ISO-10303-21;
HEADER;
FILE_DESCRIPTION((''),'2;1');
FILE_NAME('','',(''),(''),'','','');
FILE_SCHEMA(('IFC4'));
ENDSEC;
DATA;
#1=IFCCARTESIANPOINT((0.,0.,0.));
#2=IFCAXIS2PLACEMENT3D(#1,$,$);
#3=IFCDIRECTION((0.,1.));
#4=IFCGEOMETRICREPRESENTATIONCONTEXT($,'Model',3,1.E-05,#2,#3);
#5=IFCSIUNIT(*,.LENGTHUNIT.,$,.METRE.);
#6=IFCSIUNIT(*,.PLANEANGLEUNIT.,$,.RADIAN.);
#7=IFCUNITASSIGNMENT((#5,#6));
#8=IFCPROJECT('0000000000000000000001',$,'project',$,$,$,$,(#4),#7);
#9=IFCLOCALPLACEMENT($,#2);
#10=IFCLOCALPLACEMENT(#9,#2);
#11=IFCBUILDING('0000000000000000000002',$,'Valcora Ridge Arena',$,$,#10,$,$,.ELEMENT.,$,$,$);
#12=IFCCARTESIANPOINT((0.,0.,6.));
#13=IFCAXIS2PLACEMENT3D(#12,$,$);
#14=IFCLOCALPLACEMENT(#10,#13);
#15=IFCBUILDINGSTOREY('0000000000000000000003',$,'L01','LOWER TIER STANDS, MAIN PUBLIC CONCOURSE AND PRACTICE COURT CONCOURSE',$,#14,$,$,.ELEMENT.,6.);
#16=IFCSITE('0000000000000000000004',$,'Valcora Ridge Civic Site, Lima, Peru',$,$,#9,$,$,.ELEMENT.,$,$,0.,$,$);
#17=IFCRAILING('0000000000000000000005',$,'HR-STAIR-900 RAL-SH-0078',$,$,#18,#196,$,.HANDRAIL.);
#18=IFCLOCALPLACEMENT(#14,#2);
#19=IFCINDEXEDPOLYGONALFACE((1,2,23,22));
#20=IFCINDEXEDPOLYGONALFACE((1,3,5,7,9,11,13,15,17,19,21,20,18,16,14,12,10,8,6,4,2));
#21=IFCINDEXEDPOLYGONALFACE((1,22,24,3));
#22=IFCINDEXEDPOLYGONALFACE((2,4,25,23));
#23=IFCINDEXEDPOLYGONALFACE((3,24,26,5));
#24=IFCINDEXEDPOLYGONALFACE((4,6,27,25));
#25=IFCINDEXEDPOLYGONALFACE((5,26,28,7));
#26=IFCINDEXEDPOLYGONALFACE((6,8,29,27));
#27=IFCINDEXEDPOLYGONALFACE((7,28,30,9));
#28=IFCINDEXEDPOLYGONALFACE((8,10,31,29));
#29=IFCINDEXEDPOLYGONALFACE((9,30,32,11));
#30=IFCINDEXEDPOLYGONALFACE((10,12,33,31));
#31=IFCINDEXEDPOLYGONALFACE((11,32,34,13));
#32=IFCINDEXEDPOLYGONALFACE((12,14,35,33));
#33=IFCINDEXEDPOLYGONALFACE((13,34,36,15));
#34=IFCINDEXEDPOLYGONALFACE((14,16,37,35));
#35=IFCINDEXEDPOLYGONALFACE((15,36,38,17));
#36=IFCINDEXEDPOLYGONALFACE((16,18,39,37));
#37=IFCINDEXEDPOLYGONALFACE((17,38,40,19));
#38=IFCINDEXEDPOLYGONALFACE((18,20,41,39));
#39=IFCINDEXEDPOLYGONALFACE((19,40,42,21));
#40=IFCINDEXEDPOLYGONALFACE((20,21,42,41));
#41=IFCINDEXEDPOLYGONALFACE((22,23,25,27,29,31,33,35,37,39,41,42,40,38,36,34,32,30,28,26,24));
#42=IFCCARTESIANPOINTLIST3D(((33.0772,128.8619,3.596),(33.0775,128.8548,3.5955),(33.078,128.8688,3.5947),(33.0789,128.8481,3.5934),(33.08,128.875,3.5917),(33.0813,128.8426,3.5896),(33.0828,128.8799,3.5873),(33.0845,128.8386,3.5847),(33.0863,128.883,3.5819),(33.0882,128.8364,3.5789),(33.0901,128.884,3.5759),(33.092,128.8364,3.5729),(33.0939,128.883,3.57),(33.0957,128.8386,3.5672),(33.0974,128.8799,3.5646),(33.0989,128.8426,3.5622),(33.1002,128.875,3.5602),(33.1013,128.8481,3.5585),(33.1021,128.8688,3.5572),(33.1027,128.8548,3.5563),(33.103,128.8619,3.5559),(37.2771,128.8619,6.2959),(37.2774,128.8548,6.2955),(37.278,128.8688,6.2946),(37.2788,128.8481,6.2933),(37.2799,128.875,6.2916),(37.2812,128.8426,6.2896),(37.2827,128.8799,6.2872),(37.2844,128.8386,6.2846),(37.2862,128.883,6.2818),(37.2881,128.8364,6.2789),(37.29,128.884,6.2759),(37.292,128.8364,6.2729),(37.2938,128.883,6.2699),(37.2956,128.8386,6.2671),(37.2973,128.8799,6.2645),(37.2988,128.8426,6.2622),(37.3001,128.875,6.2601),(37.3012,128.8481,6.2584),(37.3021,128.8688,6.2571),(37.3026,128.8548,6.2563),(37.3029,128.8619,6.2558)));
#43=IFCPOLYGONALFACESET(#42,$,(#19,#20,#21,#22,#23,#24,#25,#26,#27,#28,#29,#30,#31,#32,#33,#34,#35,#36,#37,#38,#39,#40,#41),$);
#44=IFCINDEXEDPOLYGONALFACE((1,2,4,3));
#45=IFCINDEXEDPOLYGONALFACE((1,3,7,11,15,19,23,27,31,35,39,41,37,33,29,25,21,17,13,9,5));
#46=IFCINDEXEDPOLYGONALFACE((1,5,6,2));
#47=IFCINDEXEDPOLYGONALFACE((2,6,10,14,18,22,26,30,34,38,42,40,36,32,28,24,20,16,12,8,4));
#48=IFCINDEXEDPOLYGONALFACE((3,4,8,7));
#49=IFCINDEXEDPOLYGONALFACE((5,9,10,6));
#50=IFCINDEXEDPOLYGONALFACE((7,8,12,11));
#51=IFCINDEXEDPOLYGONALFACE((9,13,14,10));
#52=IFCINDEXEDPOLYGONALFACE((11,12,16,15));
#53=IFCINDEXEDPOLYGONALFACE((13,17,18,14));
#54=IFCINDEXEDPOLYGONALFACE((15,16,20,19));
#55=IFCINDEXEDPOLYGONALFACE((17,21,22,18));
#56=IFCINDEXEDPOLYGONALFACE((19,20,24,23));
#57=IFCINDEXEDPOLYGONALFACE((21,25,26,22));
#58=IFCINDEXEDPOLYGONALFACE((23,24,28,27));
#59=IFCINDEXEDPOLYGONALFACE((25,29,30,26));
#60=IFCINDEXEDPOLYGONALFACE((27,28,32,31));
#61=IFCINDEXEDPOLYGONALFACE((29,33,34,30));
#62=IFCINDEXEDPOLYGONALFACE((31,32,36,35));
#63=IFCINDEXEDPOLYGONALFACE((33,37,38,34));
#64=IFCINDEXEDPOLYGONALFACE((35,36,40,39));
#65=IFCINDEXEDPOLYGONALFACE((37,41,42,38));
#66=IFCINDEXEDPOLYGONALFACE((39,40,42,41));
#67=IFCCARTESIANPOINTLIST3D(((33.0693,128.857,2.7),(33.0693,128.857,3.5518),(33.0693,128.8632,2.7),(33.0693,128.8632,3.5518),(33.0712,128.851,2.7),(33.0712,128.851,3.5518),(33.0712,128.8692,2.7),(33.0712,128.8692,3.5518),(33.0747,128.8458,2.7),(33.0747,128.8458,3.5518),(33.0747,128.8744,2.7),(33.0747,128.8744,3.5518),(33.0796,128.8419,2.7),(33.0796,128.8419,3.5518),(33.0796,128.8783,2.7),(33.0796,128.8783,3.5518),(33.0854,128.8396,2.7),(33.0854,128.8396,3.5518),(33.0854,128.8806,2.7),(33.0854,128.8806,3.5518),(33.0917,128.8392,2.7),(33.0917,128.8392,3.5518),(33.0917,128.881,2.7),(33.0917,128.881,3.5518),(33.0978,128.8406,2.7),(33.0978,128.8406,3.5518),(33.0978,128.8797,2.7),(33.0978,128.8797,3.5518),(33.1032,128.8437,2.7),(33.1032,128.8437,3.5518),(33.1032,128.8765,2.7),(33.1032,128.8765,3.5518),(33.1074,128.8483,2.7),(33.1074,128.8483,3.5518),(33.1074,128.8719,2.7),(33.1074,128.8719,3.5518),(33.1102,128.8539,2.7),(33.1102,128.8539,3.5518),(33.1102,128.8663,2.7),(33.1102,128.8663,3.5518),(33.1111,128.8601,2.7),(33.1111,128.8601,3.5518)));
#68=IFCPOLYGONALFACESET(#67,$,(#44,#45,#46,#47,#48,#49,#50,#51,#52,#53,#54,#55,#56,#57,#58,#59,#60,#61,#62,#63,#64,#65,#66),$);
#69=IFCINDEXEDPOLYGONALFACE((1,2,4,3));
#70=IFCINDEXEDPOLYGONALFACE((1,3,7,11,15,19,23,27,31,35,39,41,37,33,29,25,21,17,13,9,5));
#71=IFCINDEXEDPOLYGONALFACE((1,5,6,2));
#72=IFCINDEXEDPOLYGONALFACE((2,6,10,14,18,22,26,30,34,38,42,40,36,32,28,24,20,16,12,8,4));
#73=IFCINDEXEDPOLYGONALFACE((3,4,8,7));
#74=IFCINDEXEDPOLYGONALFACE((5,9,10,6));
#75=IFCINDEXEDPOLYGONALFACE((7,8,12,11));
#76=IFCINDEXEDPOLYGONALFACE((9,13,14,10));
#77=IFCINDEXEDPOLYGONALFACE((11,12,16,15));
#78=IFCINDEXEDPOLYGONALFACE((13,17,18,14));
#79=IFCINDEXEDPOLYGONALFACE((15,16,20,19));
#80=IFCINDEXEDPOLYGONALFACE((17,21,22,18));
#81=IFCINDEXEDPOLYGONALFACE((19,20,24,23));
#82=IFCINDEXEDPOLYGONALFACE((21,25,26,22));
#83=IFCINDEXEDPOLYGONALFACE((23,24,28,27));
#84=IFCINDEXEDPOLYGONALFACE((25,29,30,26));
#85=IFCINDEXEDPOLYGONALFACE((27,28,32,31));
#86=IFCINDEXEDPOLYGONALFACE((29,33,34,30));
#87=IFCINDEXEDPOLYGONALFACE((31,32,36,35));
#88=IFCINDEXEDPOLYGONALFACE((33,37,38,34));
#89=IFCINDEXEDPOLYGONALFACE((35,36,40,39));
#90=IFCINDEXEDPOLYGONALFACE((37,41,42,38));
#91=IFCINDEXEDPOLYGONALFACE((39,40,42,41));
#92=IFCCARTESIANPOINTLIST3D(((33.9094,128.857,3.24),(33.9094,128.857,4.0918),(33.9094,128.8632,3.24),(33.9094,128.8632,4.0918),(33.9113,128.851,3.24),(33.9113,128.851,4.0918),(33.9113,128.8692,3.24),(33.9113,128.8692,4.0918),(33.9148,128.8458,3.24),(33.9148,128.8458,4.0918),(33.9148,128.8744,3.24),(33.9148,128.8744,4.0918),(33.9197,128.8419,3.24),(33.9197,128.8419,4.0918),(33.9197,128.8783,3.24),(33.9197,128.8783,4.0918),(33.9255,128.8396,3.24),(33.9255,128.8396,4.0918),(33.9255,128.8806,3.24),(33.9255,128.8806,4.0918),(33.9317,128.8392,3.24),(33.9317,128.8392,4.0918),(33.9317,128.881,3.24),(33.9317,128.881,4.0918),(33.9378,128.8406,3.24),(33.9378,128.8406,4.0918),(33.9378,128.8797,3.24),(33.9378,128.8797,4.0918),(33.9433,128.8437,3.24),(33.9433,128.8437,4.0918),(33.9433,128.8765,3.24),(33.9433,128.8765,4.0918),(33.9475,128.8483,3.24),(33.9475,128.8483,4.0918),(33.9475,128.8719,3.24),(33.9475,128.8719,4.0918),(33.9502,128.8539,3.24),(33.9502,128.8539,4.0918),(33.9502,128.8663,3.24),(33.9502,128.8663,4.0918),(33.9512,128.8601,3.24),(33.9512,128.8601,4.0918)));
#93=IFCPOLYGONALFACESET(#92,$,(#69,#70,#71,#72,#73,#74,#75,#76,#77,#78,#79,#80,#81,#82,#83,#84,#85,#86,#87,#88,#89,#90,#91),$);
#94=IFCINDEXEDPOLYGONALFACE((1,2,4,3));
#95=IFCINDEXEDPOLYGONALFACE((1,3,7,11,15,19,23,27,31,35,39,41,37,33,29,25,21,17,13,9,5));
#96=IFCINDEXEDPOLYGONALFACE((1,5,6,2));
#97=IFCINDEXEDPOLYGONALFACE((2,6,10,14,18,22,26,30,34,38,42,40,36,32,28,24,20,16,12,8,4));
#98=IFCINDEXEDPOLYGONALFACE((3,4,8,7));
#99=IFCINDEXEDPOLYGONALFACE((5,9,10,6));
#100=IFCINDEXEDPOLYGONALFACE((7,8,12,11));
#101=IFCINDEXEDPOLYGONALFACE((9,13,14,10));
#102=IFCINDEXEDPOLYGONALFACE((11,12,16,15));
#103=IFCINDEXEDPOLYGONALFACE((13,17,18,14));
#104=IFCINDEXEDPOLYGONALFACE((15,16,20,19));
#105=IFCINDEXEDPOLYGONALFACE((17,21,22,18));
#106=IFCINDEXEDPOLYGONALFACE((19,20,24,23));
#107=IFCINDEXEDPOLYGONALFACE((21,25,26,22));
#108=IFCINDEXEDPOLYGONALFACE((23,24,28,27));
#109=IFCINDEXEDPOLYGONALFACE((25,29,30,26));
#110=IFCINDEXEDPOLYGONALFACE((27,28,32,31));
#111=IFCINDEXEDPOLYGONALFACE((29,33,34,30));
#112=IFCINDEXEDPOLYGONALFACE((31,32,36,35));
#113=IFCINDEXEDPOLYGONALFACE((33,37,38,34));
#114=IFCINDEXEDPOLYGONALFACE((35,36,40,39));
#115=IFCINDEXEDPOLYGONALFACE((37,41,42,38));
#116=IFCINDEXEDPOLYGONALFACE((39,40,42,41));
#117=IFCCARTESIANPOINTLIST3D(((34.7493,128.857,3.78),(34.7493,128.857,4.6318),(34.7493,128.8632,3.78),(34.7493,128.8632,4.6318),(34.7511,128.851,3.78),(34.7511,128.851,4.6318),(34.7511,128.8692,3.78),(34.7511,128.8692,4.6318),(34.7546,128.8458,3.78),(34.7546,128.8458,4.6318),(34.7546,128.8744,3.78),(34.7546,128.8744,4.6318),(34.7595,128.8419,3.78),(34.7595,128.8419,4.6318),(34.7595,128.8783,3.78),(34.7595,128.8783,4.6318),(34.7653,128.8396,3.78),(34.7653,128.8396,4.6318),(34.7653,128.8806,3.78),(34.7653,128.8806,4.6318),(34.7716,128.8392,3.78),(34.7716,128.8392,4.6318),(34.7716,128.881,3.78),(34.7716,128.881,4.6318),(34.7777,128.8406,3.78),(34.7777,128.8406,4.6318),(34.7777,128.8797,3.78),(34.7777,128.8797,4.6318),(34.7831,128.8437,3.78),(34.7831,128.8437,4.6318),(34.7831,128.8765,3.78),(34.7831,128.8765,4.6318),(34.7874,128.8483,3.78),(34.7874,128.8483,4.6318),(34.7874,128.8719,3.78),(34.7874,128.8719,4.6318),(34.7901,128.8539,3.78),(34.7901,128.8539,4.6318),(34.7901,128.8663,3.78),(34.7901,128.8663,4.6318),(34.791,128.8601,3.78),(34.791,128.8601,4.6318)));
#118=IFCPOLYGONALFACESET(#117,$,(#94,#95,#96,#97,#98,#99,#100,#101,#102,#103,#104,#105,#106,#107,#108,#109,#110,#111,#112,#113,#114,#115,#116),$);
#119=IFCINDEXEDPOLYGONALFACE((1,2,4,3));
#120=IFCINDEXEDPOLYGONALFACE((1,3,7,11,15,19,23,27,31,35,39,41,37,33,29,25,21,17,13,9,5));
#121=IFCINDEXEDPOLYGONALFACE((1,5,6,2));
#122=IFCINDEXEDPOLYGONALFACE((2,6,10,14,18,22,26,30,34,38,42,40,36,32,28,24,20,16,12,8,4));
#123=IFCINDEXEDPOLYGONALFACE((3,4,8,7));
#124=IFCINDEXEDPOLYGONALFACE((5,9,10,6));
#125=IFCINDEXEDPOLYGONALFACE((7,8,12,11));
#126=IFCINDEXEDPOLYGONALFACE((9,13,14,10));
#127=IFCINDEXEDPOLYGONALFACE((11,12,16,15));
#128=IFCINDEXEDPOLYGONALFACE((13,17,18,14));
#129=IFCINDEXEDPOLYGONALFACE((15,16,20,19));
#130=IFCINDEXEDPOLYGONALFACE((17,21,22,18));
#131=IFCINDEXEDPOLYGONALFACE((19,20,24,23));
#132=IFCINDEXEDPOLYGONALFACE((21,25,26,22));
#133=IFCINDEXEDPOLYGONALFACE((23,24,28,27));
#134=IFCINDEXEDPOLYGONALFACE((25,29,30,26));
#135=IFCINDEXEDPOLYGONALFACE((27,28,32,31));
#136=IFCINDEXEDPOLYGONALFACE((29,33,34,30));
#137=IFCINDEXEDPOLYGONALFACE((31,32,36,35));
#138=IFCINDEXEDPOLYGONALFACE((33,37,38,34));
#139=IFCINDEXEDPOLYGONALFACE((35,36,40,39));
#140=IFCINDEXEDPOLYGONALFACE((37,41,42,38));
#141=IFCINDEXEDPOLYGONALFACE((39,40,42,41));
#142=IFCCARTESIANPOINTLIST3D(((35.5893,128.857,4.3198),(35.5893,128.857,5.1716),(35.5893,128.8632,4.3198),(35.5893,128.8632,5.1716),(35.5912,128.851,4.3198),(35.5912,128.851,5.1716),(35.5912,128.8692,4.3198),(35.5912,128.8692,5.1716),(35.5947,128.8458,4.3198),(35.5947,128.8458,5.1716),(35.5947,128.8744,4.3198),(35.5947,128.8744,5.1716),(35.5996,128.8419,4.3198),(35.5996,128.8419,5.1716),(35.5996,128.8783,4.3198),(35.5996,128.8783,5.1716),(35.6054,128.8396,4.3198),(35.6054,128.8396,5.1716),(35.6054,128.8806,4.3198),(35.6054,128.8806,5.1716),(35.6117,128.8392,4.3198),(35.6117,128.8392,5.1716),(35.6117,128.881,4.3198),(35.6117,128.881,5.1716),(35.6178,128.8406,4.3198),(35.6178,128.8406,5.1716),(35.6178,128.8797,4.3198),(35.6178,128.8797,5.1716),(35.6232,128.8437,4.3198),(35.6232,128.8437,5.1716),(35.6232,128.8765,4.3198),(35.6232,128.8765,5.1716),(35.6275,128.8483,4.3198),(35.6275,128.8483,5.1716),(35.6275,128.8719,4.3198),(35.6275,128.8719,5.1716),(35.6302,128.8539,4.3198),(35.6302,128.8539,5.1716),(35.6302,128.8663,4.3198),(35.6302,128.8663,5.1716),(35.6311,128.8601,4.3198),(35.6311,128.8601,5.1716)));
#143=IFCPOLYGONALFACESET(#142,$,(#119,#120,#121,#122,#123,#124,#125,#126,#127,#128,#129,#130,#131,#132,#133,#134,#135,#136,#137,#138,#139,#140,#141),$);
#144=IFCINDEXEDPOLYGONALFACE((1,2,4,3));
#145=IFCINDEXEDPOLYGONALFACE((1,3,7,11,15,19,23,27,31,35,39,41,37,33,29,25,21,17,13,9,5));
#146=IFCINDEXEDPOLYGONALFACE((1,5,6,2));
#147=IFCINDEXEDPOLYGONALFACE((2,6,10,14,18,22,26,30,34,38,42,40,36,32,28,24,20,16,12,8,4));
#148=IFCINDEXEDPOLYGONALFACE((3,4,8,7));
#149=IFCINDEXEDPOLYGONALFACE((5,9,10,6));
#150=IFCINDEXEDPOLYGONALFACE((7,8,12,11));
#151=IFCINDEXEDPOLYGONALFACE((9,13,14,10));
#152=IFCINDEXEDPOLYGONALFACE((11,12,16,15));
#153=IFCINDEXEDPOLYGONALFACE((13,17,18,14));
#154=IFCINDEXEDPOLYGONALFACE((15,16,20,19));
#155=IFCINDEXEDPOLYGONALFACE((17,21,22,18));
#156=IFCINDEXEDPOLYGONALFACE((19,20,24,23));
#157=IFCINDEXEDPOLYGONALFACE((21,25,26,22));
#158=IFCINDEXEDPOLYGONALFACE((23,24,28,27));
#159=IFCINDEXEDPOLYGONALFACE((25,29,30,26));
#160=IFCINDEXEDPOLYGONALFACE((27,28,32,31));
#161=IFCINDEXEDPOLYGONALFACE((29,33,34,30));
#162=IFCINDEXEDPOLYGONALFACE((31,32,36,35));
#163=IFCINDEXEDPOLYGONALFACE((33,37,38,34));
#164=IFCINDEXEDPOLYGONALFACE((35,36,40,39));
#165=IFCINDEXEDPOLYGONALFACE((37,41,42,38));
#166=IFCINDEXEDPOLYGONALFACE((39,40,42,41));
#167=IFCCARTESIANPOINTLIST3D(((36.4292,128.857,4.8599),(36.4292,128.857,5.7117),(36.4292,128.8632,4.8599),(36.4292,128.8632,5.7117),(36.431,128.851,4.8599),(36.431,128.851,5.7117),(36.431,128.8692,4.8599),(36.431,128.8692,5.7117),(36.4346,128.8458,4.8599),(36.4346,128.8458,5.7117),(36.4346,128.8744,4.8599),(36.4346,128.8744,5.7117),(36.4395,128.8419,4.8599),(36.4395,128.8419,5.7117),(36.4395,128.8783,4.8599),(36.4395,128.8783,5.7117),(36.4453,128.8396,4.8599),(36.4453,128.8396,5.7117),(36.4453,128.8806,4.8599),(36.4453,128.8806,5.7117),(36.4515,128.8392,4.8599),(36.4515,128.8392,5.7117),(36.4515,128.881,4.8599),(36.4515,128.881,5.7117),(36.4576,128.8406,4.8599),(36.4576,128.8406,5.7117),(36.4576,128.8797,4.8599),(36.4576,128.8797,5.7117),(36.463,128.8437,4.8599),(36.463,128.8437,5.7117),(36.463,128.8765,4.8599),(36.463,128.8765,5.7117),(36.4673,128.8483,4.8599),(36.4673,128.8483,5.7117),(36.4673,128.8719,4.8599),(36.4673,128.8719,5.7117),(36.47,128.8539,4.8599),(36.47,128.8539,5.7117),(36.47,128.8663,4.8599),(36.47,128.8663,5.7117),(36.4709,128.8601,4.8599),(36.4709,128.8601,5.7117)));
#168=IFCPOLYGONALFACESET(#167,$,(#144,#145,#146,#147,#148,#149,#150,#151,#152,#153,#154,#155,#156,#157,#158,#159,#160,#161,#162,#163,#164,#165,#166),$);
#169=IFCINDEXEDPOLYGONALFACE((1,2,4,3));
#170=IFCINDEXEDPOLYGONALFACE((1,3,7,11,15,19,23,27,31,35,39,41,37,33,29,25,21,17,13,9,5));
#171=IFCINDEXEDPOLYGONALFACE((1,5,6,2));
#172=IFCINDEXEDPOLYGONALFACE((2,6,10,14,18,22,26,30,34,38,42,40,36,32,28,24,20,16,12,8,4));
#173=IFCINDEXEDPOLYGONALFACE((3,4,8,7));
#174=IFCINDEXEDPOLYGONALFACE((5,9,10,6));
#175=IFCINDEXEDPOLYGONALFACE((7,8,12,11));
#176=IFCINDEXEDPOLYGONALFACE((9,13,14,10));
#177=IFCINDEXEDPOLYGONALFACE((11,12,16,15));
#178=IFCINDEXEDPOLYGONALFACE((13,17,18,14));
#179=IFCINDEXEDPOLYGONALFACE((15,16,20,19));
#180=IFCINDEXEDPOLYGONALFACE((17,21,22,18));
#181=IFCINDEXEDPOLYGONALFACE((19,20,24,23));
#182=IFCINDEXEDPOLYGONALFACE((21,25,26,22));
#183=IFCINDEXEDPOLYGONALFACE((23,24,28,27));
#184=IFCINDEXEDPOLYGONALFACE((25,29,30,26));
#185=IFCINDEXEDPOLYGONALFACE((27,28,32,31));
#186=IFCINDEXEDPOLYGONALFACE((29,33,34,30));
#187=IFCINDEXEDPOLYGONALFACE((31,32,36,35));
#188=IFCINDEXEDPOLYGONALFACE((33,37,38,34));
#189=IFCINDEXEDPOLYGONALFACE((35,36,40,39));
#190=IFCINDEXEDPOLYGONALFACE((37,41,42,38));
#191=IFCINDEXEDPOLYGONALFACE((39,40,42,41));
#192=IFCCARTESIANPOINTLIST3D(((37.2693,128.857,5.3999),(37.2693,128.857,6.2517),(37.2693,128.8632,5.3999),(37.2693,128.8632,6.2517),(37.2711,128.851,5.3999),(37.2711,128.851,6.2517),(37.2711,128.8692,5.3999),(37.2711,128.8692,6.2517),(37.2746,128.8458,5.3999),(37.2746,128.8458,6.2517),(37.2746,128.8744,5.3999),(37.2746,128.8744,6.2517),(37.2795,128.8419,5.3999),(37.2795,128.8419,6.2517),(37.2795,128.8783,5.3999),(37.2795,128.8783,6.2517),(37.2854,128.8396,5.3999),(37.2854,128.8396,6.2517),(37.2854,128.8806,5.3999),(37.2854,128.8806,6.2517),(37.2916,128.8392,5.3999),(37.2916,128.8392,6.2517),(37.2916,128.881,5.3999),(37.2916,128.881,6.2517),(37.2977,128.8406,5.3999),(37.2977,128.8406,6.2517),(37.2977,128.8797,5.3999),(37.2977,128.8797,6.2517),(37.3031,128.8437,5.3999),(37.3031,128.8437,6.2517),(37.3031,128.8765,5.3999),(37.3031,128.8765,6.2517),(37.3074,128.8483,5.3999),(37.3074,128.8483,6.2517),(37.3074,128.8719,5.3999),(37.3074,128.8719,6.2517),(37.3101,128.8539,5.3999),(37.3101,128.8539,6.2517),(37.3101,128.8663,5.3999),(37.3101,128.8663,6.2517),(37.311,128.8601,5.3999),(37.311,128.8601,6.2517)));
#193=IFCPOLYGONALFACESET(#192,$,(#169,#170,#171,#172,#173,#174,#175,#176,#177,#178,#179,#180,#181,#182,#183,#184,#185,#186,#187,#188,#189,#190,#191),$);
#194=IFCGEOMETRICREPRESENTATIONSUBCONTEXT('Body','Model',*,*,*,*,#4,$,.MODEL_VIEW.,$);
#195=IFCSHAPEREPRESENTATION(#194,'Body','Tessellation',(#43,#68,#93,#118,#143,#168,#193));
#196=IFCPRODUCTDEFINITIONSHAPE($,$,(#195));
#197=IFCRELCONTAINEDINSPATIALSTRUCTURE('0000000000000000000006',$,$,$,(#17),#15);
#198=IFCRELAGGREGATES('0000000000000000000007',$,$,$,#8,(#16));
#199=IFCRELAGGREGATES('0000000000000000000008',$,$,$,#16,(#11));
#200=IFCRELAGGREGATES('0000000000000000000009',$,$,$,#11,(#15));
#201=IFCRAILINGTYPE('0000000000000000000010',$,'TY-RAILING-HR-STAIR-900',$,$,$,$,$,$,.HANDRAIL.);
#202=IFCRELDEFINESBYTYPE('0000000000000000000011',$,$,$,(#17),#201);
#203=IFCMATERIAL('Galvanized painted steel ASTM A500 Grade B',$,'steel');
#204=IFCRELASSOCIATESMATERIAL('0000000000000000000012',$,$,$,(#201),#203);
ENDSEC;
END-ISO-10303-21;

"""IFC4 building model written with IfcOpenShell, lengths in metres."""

from ifc_helpers import new_model, si_unit, direction, frame, origin, origin_2d, place, context, subcontext, project, spatial, circle, extrude, material, type_object, element, save


model = new_model("IFC4")

# Units and contexts
model_context = context("Model", 3, precision=1e-05, world=origin(), true_north=direction((0.0, 1.0)))
body_context = subcontext(model_context, "Body", "Model", "MODEL_VIEW")
ifc_project = project(units=[si_unit("LENGTHUNIT", "METRE"), si_unit("PLANEANGLEUNIT", "RADIAN")], contexts=[model_context])

# Site, building, storey
site_placement = place(None, origin())
site = spatial("IfcSite", under=ifc_project, at=site_placement, Name="Valcora Ridge Civic Site, Lima, Peru", CompositionType="ELEMENT", RefElevation=0.0)
building_placement = place(site_placement, origin())
building = spatial("IfcBuilding", under=site, at=building_placement, Name="Valcora Ridge Arena", CompositionType="ELEMENT")
storey_placement = place(building_placement, frame((0.0, 0.0, 6.0)))
storey = spatial("IfcBuildingStorey", under=building, at=storey_placement, Name="L01", Description="LOWER TIER STANDS, MAIN PUBLIC CONCOURSE AND PRACTICE COURT CONCOURSE", CompositionType="ELEMENT", Elevation=6.0)

# Railing
ifc_material_1 = material(Name="Galvanized painted steel ASTM A500 Grade B", Category="steel")
railing_type_1 = type_object("IfcRailingType", Name="TY-RAILING-HR-STAIR-900", PredefinedType="HANDRAIL", material=ifc_material_1)
railing_1_placement = place(storey_placement, frame((33.0901, 128.8601, 2.7)))
element("IfcRailing", 1, at=railing_1_placement, inside=storey, type_object=railing_type_1, Name="HR-STAIR-900 RAL-SH-0078", PredefinedType="HANDRAIL", context=body_context, shape_type="SweptSolid", body=[
    extrude(circle(Radius=0.0239, at=origin_2d()), frame((0.0, 0.0, 0.876), z_axis=(0.84118, 0.0, 0.540755), x_axis=(0.0, 1.0, 0.0)), (0.0, 0.0, 1.0), 4.9929),
    extrude(circle(Radius=0.021, at=origin_2d()), origin(), (0.0, 0.0, 1.0), 0.8518),
    extrude(circle(Radius=0.021, at=origin_2d()), frame((0.8401, 0.0, 0.54)), (0.0, 0.0, 1.0), 0.8518),
    extrude(circle(Radius=0.021, at=origin_2d()), frame((1.6799, 0.0, 1.0801)), (0.0, 0.0, 1.0), 0.8518),
    extrude(circle(Radius=0.021, at=origin_2d()), frame((2.52, 0.0, 1.6199)), (0.0, 0.0, 1.0), 0.8518),
    extrude(circle(Radius=0.021, at=origin_2d()), frame((3.3599, 0.0, 2.1599)), (0.0, 0.0, 1.0), 0.8518),
    extrude(circle(Radius=0.021, at=origin_2d()), frame((4.2, 0.0, 2.7)), (0.0, 0.0, 1.0), 0.8518),
])

save(model, "model.ifc")
